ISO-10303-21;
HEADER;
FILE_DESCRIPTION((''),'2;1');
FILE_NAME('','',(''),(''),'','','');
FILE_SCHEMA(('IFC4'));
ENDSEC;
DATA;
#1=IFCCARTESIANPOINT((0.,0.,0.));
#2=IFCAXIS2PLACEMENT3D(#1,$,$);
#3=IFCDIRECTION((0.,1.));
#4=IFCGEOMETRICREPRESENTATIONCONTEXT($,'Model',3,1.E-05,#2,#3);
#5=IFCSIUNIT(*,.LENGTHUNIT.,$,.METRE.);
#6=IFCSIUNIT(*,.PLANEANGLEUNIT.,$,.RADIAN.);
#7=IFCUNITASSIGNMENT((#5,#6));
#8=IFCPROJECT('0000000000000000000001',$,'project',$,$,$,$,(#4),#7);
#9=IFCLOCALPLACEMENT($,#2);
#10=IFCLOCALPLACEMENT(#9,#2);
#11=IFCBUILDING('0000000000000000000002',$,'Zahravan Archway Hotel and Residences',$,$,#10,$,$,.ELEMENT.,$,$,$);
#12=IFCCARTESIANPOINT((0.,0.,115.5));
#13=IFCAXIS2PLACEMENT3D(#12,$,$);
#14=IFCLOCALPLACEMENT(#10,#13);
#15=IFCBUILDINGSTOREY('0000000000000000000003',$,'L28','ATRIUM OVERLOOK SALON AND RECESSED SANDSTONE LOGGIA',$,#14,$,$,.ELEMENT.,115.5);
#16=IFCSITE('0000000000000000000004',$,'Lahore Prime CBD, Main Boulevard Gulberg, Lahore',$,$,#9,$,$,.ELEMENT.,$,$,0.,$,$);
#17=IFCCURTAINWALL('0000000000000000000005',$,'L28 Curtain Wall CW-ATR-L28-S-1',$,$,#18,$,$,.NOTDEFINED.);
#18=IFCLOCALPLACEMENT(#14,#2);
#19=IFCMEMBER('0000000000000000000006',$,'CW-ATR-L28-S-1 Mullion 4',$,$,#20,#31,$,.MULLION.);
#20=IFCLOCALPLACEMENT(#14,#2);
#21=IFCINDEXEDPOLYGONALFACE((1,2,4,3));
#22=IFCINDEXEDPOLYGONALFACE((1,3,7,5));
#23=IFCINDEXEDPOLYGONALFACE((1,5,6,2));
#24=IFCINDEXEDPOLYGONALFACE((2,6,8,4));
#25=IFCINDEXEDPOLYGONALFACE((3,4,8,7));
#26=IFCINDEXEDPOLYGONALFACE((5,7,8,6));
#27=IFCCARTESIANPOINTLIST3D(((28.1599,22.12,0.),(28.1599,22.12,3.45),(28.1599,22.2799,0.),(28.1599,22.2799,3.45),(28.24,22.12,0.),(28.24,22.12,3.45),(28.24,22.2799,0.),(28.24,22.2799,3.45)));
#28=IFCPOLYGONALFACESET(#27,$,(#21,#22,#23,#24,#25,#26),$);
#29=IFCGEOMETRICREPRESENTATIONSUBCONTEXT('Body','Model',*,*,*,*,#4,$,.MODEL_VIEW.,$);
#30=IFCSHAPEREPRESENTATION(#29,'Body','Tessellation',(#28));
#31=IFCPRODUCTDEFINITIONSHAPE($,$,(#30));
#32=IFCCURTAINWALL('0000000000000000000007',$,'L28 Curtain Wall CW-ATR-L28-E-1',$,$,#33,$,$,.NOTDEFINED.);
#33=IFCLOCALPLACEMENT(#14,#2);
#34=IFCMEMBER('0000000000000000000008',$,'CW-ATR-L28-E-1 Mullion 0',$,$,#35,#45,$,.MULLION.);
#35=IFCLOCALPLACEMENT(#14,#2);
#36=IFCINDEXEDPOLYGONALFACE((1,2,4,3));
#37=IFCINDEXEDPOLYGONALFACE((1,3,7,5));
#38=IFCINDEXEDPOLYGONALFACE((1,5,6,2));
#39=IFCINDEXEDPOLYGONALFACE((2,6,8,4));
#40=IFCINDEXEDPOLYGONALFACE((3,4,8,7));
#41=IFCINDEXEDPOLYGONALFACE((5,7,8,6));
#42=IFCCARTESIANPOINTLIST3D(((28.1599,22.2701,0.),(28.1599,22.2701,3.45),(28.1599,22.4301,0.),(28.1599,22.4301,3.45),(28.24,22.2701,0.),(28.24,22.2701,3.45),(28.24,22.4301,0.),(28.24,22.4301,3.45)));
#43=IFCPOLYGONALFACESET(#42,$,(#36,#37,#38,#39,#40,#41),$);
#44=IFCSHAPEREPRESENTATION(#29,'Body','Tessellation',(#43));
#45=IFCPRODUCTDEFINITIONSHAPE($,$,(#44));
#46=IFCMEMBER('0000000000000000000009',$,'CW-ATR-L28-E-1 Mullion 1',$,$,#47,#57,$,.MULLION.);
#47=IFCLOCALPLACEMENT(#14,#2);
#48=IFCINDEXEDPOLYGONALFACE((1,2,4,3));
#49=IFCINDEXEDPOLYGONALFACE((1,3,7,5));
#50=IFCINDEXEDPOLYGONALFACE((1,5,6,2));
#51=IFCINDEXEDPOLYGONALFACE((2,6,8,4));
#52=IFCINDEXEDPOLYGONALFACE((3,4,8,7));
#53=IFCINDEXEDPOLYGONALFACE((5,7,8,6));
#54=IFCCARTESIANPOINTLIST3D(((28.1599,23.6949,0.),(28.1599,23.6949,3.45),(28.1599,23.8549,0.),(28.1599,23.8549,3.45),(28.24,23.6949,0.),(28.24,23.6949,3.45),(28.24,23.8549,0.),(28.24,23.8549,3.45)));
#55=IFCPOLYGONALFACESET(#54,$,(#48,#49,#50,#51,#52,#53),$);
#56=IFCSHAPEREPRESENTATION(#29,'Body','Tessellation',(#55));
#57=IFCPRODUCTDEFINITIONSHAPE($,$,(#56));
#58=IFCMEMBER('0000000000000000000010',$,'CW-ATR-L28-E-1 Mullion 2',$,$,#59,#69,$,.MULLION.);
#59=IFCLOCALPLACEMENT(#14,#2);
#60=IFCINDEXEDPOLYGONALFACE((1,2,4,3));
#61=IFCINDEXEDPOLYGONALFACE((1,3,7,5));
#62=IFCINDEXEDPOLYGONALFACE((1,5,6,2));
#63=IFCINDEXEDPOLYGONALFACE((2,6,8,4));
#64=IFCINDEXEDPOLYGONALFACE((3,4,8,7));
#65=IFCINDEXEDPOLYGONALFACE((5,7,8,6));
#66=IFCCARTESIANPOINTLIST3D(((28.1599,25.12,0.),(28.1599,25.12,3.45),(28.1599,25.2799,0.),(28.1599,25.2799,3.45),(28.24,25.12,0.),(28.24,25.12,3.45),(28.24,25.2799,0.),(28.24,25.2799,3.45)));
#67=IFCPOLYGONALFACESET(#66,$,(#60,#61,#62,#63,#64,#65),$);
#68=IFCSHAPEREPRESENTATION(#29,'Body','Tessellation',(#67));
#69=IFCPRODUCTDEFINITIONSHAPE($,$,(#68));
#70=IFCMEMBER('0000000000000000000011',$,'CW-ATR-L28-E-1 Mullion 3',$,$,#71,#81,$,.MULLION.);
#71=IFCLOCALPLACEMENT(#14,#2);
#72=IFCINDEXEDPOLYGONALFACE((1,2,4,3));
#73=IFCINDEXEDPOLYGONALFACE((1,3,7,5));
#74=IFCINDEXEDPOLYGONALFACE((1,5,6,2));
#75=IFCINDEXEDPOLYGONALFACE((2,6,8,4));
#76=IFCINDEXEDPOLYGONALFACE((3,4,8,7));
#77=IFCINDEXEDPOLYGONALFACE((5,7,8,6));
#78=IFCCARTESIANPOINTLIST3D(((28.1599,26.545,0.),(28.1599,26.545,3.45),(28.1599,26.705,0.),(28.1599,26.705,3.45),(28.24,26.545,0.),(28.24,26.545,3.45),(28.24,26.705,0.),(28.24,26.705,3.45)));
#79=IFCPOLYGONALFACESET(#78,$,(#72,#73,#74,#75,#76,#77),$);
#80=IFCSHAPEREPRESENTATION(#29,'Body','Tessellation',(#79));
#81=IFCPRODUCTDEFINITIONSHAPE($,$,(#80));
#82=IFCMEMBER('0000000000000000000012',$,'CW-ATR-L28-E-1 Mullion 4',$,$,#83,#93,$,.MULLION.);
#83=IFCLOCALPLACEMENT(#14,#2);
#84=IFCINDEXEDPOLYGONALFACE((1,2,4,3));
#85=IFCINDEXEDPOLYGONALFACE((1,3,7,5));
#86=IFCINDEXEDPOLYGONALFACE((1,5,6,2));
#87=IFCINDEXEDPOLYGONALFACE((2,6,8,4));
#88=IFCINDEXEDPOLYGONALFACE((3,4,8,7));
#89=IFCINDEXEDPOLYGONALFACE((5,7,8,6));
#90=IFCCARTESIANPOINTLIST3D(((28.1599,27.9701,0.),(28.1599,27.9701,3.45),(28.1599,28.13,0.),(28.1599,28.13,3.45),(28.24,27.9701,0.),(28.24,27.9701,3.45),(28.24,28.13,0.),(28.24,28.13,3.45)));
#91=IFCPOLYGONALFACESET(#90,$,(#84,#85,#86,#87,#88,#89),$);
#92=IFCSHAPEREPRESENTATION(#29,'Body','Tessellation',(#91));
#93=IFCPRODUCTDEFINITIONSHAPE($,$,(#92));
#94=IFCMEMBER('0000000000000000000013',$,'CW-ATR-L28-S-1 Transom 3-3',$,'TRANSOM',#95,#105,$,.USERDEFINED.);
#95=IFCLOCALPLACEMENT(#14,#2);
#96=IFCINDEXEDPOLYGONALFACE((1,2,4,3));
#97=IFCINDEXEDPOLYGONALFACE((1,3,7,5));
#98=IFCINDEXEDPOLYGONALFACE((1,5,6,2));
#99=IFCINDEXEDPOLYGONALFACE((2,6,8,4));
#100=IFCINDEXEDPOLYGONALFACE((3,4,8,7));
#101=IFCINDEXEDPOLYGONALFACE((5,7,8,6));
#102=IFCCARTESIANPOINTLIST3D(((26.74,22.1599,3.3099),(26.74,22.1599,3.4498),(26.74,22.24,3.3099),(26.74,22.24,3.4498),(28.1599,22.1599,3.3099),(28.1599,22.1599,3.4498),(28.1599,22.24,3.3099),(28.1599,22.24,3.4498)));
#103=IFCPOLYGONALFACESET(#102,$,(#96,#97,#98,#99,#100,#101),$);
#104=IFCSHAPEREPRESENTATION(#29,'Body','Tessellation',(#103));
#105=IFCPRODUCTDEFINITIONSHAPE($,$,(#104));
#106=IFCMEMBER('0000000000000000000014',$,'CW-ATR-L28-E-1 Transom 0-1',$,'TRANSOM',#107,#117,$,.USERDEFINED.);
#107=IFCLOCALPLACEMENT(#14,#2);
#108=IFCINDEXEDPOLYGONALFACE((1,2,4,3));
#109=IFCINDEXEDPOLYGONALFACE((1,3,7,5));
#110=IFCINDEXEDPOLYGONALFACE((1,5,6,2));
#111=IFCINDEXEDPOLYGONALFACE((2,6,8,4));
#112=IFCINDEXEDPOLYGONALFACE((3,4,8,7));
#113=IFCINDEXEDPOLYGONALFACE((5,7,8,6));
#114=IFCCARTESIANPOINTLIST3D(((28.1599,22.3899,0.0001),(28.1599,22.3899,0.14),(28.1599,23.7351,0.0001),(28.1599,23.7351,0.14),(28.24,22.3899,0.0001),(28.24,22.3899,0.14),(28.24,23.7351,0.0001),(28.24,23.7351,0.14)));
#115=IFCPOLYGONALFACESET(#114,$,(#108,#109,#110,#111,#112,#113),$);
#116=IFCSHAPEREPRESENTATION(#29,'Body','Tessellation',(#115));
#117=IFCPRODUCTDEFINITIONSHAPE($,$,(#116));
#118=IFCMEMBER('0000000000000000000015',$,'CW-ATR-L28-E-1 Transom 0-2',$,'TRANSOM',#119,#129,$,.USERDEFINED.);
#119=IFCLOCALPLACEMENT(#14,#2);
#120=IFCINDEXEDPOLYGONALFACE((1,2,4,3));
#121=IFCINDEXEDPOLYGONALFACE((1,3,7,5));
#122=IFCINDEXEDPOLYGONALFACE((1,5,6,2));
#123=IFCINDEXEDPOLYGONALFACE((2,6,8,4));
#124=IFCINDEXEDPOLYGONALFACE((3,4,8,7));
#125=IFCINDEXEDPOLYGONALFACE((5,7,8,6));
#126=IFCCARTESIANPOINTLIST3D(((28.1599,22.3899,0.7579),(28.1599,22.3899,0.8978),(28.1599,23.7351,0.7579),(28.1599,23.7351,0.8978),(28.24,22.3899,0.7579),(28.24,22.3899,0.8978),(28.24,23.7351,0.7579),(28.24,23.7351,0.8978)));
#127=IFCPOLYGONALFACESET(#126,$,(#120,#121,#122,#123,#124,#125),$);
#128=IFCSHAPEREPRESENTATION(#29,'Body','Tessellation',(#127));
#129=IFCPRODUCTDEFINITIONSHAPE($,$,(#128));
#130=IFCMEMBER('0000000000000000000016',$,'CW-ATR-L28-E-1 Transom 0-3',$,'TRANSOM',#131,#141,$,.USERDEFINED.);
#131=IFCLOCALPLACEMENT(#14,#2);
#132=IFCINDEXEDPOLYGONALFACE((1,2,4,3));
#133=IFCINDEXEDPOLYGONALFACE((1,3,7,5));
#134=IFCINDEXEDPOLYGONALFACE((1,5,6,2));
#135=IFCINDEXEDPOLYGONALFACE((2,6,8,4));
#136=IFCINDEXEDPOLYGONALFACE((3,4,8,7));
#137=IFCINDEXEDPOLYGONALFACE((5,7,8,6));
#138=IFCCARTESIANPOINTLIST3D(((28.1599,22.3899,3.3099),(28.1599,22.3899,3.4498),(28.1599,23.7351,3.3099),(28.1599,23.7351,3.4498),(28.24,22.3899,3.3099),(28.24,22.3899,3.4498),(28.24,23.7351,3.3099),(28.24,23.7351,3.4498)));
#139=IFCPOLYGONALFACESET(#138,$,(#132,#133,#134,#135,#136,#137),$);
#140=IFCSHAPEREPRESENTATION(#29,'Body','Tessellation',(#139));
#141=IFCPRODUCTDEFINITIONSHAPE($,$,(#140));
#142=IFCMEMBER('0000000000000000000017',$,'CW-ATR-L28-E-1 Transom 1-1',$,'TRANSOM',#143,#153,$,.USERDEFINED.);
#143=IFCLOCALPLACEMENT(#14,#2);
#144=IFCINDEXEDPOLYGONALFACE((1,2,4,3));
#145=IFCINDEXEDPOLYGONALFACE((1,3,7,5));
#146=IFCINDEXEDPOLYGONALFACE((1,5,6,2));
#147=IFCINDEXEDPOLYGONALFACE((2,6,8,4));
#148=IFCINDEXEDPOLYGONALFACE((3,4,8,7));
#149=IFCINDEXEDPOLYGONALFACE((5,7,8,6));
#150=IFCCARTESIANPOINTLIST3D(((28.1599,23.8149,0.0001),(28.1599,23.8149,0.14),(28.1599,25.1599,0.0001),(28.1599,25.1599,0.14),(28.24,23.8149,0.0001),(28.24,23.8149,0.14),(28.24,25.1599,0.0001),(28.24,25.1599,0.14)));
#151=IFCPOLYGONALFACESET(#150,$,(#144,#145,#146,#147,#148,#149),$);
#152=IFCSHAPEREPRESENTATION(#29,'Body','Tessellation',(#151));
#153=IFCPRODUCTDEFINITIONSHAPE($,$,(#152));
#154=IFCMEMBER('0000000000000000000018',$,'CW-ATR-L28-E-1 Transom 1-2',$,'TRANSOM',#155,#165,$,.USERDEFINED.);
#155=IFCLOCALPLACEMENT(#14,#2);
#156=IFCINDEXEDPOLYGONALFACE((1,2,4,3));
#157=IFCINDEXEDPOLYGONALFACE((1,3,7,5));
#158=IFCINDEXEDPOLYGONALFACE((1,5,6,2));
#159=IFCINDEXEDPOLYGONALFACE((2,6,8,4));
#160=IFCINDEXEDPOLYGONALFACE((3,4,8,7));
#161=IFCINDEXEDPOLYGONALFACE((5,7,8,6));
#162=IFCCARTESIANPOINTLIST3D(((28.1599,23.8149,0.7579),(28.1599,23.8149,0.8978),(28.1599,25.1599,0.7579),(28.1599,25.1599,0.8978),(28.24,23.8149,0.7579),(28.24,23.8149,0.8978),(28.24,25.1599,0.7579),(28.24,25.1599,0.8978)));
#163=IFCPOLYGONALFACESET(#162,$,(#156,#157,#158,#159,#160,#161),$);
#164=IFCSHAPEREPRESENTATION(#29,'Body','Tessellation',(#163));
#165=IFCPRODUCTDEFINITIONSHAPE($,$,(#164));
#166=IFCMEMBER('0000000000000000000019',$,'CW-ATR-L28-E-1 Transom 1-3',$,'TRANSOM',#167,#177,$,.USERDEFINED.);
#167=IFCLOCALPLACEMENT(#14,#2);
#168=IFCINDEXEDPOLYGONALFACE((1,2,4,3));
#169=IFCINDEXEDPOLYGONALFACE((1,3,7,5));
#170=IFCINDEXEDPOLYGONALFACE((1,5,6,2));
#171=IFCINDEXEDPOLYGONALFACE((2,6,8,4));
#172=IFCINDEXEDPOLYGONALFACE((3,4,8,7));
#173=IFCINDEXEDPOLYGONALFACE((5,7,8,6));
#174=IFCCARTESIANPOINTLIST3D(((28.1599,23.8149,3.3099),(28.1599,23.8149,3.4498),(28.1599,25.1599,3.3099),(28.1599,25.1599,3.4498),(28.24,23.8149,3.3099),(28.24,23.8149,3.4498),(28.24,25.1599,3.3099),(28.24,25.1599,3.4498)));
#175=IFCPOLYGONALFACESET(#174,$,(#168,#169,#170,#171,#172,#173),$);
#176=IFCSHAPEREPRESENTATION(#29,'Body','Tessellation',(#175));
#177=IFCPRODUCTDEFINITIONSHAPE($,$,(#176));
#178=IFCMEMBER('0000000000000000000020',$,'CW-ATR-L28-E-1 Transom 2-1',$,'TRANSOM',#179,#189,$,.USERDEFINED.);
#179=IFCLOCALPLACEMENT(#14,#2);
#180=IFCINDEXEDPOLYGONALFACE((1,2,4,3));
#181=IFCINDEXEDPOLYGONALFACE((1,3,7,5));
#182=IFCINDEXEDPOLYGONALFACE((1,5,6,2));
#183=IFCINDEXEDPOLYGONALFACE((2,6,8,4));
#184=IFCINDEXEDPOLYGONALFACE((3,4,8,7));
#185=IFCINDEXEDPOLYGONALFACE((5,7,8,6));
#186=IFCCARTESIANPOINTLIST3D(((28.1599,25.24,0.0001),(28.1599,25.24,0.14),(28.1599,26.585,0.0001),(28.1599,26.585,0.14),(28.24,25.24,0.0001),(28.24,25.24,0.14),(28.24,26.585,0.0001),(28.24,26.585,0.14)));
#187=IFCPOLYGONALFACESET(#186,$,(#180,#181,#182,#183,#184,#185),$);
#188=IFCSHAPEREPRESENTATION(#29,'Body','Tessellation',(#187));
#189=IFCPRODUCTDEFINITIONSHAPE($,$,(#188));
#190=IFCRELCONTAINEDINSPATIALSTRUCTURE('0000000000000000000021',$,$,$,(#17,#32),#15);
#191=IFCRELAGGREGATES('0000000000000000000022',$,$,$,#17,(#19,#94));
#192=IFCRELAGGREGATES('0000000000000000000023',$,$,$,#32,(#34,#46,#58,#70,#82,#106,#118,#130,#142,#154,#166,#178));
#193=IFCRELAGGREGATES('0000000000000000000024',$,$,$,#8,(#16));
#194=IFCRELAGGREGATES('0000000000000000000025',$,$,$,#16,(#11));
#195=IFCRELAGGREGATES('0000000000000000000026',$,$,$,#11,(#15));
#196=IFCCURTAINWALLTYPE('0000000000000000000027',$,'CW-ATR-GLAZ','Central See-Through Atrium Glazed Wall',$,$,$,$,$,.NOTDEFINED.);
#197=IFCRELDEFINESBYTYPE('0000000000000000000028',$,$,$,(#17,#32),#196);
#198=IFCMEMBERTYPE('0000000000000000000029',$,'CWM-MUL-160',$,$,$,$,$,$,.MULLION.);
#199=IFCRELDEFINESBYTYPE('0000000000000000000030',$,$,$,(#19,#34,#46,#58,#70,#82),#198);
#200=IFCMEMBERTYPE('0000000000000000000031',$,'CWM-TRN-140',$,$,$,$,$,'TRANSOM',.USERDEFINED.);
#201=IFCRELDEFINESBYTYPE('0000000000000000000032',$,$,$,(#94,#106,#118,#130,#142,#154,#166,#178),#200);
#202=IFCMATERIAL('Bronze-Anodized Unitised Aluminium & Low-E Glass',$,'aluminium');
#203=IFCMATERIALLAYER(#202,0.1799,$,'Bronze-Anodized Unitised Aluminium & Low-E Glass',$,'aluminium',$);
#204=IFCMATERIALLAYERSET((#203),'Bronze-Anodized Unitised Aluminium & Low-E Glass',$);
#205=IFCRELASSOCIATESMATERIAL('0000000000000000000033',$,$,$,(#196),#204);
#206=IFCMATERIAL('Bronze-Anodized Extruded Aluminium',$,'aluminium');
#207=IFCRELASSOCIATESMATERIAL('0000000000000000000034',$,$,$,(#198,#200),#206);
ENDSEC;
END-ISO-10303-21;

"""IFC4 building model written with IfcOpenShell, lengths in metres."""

from ifc_helpers import new_model, si_unit, direction, frame, origin, origin_2d, place, context, subcontext, project, spatial, rectangle, extrude, source, transform, mapped, material, layer, layer_set, material_profile, profile_set, type_object, element, aggregate, save


model = new_model("IFC4")

# Units and contexts
model_context = context("Model", 3, precision=1e-05, world=origin(), true_north=direction((0.0, 1.0)))
body_context = subcontext(model_context, "Body", "Model", "MODEL_VIEW")
ifc_project = project(units=[si_unit("LENGTHUNIT", "METRE"), si_unit("PLANEANGLEUNIT", "RADIAN")], contexts=[model_context])

# Site, building, storey
site_placement = place(None, origin())
site = spatial("IfcSite", under=ifc_project, at=site_placement, Name="Lahore Prime CBD, Main Boulevard Gulberg, Lahore", CompositionType="ELEMENT", RefElevation=0.0)
building_placement = place(site_placement, origin())
building = spatial("IfcBuilding", under=site, at=building_placement, Name="Zahravan Archway Hotel and Residences", CompositionType="ELEMENT")
storey_placement = place(building_placement, frame((0.0, 0.0, 115.5)))
storey = spatial("IfcBuildingStorey", under=building, at=storey_placement, Name="L28", Description="ATRIUM OVERLOOK SALON AND RECESSED SANDSTONE LOGGIA", CompositionType="ELEMENT", Elevation=115.5)

# Curtain wall, member
ifc_material_1 = material(Name="Bronze-Anodized Unitised Aluminium & Low-E Glass", Category="aluminium")
ifc_layer_1 = layer(ifc_material_1, 0.1799, Name="Bronze-Anodized Unitised Aluminium & Low-E Glass", Category="aluminium")
ifc_layer_set_1 = layer_set([ifc_layer_1], Name="Bronze-Anodized Unitised Aluminium & Low-E Glass")
curtain_wall_type = type_object("IfcCurtainWallType", Name="CW-ATR-GLAZ", Description="Central See-Through Atrium Glazed Wall", PredefinedType="NOTDEFINED", material=ifc_layer_set_1)
curtain_wall_1_placement = place(storey_placement, origin())
curtain_wall_1 = element("IfcCurtainWall", 1, at=curtain_wall_1_placement, inside=storey, type_object=curtain_wall_type, Name="L28 Curtain Wall CW-ATR-L28-S-1", PredefinedType="NOTDEFINED")
ifc_material_2 = material(Name="Bronze-Anodized Extruded Aluminium", Category="aluminium")
ifc_material_profile_1 = material_profile(ifc_material_2, rectangle(XDim=0.0801, YDim=0.1599, at=origin_2d()), Name="MUL 80x160", Category="aluminium")
ifc_profile_set_1 = profile_set([ifc_material_profile_1], Name="Bronze-Anodized Extruded Aluminium")
member_type_1 = type_object("IfcMemberType", Name="CWM-MUL-160", PredefinedType="MULLION", material=ifc_profile_set_1)
shared_shape_1 = source(origin(), body_context, "Body", "SweptSolid", [
    extrude(rectangle(XDim=0.0801, YDim=0.1599, at=origin_2d()), origin(), (0.0, 0.0, 1.0), 3.45),
])
member_1_placement = place(storey_placement, frame((28.2, 22.2, 0.0), z_axis=(0.0, 0.0, 1.0), x_axis=(1.0, 0.0, 0.0)))
member_1 = element("IfcMember", 2, at=member_1_placement, type_object=member_type_1, Name="CW-ATR-L28-S-1 Mullion 4", PredefinedType="MULLION", context=body_context, shape_type="MappedRepresentation", body=[
    mapped(shared_shape_1, transform((0.0, 0.0, 0.0), scale=1.0)),
])

# Curtain wall, members
curtain_wall_2_placement = place(storey_placement, origin())
curtain_wall_2 = element("IfcCurtainWall", 3, at=curtain_wall_2_placement, inside=storey, type_object=curtain_wall_type, Name="L28 Curtain Wall CW-ATR-L28-E-1", PredefinedType="NOTDEFINED")
member_2_placement = place(storey_placement, frame((28.2, 22.3501, 0.0), z_axis=(0.0, 0.0, 1.0), x_axis=(1.0, 0.0, 0.0)))
member_2 = element("IfcMember", 4, at=member_2_placement, type_object=member_type_1, Name="CW-ATR-L28-E-1 Mullion 0", PredefinedType="MULLION", context=body_context, shape_type="MappedRepresentation", body=[
    mapped(shared_shape_1, transform((0.0, 0.0, 0.0), scale=1.0)),
])
member_3_placement = place(storey_placement, frame((28.2, 23.7749, 0.0), z_axis=(0.0, 0.0, 1.0), x_axis=(1.0, 0.0, 0.0)))
member_3 = element("IfcMember", 5, at=member_3_placement, type_object=member_type_1, Name="CW-ATR-L28-E-1 Mullion 1", PredefinedType="MULLION", context=body_context, shape_type="MappedRepresentation", body=[
    mapped(shared_shape_1, transform((0.0, 0.0, 0.0), scale=1.0)),
])
member_4_placement = place(storey_placement, frame((28.2, 25.2, 0.0), z_axis=(0.0, 0.0, 1.0), x_axis=(1.0, 0.0, 0.0)))
member_4 = element("IfcMember", 6, at=member_4_placement, type_object=member_type_1, Name="CW-ATR-L28-E-1 Mullion 2", PredefinedType="MULLION", context=body_context, shape_type="MappedRepresentation", body=[
    mapped(shared_shape_1, transform((0.0, 0.0, 0.0), scale=1.0)),
])
member_5_placement = place(storey_placement, frame((28.2, 26.625, 0.0), z_axis=(0.0, 0.0, 1.0), x_axis=(1.0, 0.0, 0.0)))
member_5 = element("IfcMember", 7, at=member_5_placement, type_object=member_type_1, Name="CW-ATR-L28-E-1 Mullion 3", PredefinedType="MULLION", context=body_context, shape_type="MappedRepresentation", body=[
    mapped(shared_shape_1, transform((0.0, 0.0, 0.0), scale=1.0)),
])
member_6_placement = place(storey_placement, frame((28.2, 28.05, 0.0), z_axis=(0.0, 0.0, 1.0), x_axis=(1.0, 0.0, 0.0)))
member_6 = element("IfcMember", 8, at=member_6_placement, type_object=member_type_1, Name="CW-ATR-L28-E-1 Mullion 4", PredefinedType="MULLION", context=body_context, shape_type="MappedRepresentation", body=[
    mapped(shared_shape_1, transform((0.0, 0.0, 0.0), scale=1.0)),
])

# Members
ifc_material_profile_2 = material_profile(ifc_material_2, rectangle(XDim=0.0801, YDim=0.1399, at=origin_2d()), Name="TRN 80x140", Category="aluminium")
ifc_profile_set_2 = profile_set([ifc_material_profile_2], Name="Bronze-Anodized Extruded Aluminium")
member_type_2 = type_object("IfcMemberType", Name="CWM-TRN-140", ElementType="TRANSOM", PredefinedType="USERDEFINED", material=ifc_profile_set_2)
shared_shape_2 = source(origin(), body_context, "Body", "SweptSolid", [
    extrude(rectangle(XDim=0.0801, YDim=0.1399, at=origin_2d()), origin(), (0.0, 0.0, 1.0), 1.4199),
])
member_7_placement = place(storey_placement, frame((26.74, 22.2, 3.3799), z_axis=(1.0, 0.0, 0.0), x_axis=(0.0, 1.0, 0.0)))
member_7 = element("IfcMember", 9, at=member_7_placement, type_object=member_type_2, Name="CW-ATR-L28-S-1 Transom 3-3", ObjectType="TRANSOM", PredefinedType="USERDEFINED", context=body_context, shape_type="MappedRepresentation", body=[
    mapped(shared_shape_2, transform((0.0, 0.0, 0.0), scale=1.0)),
])
shared_shape_3 = source(origin(), body_context, "Body", "SweptSolid", [
    extrude(rectangle(XDim=0.0801, YDim=0.1399, at=origin_2d()), origin(), (0.0, 0.0, 1.0), 1.3452),
])
member_8_placement = place(storey_placement, frame((28.2, 22.3899, 0.0701), z_axis=(0.0, 1.0, 0.0), x_axis=(-1.0, 0.0, 0.0)))
member_8 = element("IfcMember", 10, at=member_8_placement, type_object=member_type_2, Name="CW-ATR-L28-E-1 Transom 0-1", ObjectType="TRANSOM", PredefinedType="USERDEFINED", context=body_context, shape_type="MappedRepresentation", body=[
    mapped(shared_shape_3, transform((0.0, 0.0, 0.0), scale=1.0)),
])
member_9_placement = place(storey_placement, frame((28.2, 22.3899, 0.8279), z_axis=(0.0, 1.0, 0.0), x_axis=(-1.0, 0.0, 0.0)))
member_9 = element("IfcMember", 11, at=member_9_placement, type_object=member_type_2, Name="CW-ATR-L28-E-1 Transom 0-2", ObjectType="TRANSOM", PredefinedType="USERDEFINED", context=body_context, shape_type="MappedRepresentation", body=[
    mapped(shared_shape_3, transform((0.0, 0.0, 0.0), scale=1.0)),
])
member_10_placement = place(storey_placement, frame((28.2, 22.3899, 3.3799), z_axis=(0.0, 1.0, 0.0), x_axis=(-1.0, 0.0, 0.0)))
member_10 = element("IfcMember", 12, at=member_10_placement, type_object=member_type_2, Name="CW-ATR-L28-E-1 Transom 0-3", ObjectType="TRANSOM", PredefinedType="USERDEFINED", context=body_context, shape_type="MappedRepresentation", body=[
    mapped(shared_shape_3, transform((0.0, 0.0, 0.0), scale=1.0)),
])
shared_shape_4 = source(origin(), body_context, "Body", "SweptSolid", [
    extrude(rectangle(XDim=0.0801, YDim=0.1399, at=origin_2d()), origin(), (0.0, 0.0, 1.0), 1.345),
])
member_11_placement = place(storey_placement, frame((28.2, 23.8149, 0.0701), z_axis=(0.0, 1.0, 0.0), x_axis=(-1.0, 0.0, 0.0)))
member_11 = element("IfcMember", 13, at=member_11_placement, type_object=member_type_2, Name="CW-ATR-L28-E-1 Transom 1-1", ObjectType="TRANSOM", PredefinedType="USERDEFINED", context=body_context, shape_type="MappedRepresentation", body=[
    mapped(shared_shape_4, transform((0.0, 0.0, 0.0), scale=1.0)),
])
member_12_placement = place(storey_placement, frame((28.2, 23.8149, 0.8279), z_axis=(0.0, 1.0, 0.0), x_axis=(-1.0, 0.0, 0.0)))
member_12 = element("IfcMember", 14, at=member_12_placement, type_object=member_type_2, Name="CW-ATR-L28-E-1 Transom 1-2", ObjectType="TRANSOM", PredefinedType="USERDEFINED", context=body_context, shape_type="MappedRepresentation", body=[
    mapped(shared_shape_4, transform((0.0, 0.0, 0.0), scale=1.0)),
])
member_13_placement = place(storey_placement, frame((28.2, 23.8149, 3.3799), z_axis=(0.0, 1.0, 0.0), x_axis=(-1.0, 0.0, 0.0)))
member_13 = element("IfcMember", 15, at=member_13_placement, type_object=member_type_2, Name="CW-ATR-L28-E-1 Transom 1-3", ObjectType="TRANSOM", PredefinedType="USERDEFINED", context=body_context, shape_type="MappedRepresentation", body=[
    mapped(shared_shape_4, transform((0.0, 0.0, 0.0), scale=1.0)),
])
member_14_placement = place(storey_placement, frame((28.2, 25.24, 0.0701), z_axis=(0.0, 1.0, 0.0), x_axis=(-1.0, 0.0, 0.0)))
member_14 = element("IfcMember", 16, at=member_14_placement, type_object=member_type_2, Name="CW-ATR-L28-E-1 Transom 2-1", ObjectType="TRANSOM", PredefinedType="USERDEFINED", context=body_context, shape_type="MappedRepresentation", body=[
    mapped(shared_shape_4, transform((0.0, 0.0, 0.0), scale=1.0)),
])

aggregate(curtain_wall_1, [member_1, member_7])
aggregate(curtain_wall_2, [member_2, member_3, member_4, member_5, member_6, member_8, member_9, member_10, member_11, member_12, member_13, member_14])

save(model, "model.ifc")
